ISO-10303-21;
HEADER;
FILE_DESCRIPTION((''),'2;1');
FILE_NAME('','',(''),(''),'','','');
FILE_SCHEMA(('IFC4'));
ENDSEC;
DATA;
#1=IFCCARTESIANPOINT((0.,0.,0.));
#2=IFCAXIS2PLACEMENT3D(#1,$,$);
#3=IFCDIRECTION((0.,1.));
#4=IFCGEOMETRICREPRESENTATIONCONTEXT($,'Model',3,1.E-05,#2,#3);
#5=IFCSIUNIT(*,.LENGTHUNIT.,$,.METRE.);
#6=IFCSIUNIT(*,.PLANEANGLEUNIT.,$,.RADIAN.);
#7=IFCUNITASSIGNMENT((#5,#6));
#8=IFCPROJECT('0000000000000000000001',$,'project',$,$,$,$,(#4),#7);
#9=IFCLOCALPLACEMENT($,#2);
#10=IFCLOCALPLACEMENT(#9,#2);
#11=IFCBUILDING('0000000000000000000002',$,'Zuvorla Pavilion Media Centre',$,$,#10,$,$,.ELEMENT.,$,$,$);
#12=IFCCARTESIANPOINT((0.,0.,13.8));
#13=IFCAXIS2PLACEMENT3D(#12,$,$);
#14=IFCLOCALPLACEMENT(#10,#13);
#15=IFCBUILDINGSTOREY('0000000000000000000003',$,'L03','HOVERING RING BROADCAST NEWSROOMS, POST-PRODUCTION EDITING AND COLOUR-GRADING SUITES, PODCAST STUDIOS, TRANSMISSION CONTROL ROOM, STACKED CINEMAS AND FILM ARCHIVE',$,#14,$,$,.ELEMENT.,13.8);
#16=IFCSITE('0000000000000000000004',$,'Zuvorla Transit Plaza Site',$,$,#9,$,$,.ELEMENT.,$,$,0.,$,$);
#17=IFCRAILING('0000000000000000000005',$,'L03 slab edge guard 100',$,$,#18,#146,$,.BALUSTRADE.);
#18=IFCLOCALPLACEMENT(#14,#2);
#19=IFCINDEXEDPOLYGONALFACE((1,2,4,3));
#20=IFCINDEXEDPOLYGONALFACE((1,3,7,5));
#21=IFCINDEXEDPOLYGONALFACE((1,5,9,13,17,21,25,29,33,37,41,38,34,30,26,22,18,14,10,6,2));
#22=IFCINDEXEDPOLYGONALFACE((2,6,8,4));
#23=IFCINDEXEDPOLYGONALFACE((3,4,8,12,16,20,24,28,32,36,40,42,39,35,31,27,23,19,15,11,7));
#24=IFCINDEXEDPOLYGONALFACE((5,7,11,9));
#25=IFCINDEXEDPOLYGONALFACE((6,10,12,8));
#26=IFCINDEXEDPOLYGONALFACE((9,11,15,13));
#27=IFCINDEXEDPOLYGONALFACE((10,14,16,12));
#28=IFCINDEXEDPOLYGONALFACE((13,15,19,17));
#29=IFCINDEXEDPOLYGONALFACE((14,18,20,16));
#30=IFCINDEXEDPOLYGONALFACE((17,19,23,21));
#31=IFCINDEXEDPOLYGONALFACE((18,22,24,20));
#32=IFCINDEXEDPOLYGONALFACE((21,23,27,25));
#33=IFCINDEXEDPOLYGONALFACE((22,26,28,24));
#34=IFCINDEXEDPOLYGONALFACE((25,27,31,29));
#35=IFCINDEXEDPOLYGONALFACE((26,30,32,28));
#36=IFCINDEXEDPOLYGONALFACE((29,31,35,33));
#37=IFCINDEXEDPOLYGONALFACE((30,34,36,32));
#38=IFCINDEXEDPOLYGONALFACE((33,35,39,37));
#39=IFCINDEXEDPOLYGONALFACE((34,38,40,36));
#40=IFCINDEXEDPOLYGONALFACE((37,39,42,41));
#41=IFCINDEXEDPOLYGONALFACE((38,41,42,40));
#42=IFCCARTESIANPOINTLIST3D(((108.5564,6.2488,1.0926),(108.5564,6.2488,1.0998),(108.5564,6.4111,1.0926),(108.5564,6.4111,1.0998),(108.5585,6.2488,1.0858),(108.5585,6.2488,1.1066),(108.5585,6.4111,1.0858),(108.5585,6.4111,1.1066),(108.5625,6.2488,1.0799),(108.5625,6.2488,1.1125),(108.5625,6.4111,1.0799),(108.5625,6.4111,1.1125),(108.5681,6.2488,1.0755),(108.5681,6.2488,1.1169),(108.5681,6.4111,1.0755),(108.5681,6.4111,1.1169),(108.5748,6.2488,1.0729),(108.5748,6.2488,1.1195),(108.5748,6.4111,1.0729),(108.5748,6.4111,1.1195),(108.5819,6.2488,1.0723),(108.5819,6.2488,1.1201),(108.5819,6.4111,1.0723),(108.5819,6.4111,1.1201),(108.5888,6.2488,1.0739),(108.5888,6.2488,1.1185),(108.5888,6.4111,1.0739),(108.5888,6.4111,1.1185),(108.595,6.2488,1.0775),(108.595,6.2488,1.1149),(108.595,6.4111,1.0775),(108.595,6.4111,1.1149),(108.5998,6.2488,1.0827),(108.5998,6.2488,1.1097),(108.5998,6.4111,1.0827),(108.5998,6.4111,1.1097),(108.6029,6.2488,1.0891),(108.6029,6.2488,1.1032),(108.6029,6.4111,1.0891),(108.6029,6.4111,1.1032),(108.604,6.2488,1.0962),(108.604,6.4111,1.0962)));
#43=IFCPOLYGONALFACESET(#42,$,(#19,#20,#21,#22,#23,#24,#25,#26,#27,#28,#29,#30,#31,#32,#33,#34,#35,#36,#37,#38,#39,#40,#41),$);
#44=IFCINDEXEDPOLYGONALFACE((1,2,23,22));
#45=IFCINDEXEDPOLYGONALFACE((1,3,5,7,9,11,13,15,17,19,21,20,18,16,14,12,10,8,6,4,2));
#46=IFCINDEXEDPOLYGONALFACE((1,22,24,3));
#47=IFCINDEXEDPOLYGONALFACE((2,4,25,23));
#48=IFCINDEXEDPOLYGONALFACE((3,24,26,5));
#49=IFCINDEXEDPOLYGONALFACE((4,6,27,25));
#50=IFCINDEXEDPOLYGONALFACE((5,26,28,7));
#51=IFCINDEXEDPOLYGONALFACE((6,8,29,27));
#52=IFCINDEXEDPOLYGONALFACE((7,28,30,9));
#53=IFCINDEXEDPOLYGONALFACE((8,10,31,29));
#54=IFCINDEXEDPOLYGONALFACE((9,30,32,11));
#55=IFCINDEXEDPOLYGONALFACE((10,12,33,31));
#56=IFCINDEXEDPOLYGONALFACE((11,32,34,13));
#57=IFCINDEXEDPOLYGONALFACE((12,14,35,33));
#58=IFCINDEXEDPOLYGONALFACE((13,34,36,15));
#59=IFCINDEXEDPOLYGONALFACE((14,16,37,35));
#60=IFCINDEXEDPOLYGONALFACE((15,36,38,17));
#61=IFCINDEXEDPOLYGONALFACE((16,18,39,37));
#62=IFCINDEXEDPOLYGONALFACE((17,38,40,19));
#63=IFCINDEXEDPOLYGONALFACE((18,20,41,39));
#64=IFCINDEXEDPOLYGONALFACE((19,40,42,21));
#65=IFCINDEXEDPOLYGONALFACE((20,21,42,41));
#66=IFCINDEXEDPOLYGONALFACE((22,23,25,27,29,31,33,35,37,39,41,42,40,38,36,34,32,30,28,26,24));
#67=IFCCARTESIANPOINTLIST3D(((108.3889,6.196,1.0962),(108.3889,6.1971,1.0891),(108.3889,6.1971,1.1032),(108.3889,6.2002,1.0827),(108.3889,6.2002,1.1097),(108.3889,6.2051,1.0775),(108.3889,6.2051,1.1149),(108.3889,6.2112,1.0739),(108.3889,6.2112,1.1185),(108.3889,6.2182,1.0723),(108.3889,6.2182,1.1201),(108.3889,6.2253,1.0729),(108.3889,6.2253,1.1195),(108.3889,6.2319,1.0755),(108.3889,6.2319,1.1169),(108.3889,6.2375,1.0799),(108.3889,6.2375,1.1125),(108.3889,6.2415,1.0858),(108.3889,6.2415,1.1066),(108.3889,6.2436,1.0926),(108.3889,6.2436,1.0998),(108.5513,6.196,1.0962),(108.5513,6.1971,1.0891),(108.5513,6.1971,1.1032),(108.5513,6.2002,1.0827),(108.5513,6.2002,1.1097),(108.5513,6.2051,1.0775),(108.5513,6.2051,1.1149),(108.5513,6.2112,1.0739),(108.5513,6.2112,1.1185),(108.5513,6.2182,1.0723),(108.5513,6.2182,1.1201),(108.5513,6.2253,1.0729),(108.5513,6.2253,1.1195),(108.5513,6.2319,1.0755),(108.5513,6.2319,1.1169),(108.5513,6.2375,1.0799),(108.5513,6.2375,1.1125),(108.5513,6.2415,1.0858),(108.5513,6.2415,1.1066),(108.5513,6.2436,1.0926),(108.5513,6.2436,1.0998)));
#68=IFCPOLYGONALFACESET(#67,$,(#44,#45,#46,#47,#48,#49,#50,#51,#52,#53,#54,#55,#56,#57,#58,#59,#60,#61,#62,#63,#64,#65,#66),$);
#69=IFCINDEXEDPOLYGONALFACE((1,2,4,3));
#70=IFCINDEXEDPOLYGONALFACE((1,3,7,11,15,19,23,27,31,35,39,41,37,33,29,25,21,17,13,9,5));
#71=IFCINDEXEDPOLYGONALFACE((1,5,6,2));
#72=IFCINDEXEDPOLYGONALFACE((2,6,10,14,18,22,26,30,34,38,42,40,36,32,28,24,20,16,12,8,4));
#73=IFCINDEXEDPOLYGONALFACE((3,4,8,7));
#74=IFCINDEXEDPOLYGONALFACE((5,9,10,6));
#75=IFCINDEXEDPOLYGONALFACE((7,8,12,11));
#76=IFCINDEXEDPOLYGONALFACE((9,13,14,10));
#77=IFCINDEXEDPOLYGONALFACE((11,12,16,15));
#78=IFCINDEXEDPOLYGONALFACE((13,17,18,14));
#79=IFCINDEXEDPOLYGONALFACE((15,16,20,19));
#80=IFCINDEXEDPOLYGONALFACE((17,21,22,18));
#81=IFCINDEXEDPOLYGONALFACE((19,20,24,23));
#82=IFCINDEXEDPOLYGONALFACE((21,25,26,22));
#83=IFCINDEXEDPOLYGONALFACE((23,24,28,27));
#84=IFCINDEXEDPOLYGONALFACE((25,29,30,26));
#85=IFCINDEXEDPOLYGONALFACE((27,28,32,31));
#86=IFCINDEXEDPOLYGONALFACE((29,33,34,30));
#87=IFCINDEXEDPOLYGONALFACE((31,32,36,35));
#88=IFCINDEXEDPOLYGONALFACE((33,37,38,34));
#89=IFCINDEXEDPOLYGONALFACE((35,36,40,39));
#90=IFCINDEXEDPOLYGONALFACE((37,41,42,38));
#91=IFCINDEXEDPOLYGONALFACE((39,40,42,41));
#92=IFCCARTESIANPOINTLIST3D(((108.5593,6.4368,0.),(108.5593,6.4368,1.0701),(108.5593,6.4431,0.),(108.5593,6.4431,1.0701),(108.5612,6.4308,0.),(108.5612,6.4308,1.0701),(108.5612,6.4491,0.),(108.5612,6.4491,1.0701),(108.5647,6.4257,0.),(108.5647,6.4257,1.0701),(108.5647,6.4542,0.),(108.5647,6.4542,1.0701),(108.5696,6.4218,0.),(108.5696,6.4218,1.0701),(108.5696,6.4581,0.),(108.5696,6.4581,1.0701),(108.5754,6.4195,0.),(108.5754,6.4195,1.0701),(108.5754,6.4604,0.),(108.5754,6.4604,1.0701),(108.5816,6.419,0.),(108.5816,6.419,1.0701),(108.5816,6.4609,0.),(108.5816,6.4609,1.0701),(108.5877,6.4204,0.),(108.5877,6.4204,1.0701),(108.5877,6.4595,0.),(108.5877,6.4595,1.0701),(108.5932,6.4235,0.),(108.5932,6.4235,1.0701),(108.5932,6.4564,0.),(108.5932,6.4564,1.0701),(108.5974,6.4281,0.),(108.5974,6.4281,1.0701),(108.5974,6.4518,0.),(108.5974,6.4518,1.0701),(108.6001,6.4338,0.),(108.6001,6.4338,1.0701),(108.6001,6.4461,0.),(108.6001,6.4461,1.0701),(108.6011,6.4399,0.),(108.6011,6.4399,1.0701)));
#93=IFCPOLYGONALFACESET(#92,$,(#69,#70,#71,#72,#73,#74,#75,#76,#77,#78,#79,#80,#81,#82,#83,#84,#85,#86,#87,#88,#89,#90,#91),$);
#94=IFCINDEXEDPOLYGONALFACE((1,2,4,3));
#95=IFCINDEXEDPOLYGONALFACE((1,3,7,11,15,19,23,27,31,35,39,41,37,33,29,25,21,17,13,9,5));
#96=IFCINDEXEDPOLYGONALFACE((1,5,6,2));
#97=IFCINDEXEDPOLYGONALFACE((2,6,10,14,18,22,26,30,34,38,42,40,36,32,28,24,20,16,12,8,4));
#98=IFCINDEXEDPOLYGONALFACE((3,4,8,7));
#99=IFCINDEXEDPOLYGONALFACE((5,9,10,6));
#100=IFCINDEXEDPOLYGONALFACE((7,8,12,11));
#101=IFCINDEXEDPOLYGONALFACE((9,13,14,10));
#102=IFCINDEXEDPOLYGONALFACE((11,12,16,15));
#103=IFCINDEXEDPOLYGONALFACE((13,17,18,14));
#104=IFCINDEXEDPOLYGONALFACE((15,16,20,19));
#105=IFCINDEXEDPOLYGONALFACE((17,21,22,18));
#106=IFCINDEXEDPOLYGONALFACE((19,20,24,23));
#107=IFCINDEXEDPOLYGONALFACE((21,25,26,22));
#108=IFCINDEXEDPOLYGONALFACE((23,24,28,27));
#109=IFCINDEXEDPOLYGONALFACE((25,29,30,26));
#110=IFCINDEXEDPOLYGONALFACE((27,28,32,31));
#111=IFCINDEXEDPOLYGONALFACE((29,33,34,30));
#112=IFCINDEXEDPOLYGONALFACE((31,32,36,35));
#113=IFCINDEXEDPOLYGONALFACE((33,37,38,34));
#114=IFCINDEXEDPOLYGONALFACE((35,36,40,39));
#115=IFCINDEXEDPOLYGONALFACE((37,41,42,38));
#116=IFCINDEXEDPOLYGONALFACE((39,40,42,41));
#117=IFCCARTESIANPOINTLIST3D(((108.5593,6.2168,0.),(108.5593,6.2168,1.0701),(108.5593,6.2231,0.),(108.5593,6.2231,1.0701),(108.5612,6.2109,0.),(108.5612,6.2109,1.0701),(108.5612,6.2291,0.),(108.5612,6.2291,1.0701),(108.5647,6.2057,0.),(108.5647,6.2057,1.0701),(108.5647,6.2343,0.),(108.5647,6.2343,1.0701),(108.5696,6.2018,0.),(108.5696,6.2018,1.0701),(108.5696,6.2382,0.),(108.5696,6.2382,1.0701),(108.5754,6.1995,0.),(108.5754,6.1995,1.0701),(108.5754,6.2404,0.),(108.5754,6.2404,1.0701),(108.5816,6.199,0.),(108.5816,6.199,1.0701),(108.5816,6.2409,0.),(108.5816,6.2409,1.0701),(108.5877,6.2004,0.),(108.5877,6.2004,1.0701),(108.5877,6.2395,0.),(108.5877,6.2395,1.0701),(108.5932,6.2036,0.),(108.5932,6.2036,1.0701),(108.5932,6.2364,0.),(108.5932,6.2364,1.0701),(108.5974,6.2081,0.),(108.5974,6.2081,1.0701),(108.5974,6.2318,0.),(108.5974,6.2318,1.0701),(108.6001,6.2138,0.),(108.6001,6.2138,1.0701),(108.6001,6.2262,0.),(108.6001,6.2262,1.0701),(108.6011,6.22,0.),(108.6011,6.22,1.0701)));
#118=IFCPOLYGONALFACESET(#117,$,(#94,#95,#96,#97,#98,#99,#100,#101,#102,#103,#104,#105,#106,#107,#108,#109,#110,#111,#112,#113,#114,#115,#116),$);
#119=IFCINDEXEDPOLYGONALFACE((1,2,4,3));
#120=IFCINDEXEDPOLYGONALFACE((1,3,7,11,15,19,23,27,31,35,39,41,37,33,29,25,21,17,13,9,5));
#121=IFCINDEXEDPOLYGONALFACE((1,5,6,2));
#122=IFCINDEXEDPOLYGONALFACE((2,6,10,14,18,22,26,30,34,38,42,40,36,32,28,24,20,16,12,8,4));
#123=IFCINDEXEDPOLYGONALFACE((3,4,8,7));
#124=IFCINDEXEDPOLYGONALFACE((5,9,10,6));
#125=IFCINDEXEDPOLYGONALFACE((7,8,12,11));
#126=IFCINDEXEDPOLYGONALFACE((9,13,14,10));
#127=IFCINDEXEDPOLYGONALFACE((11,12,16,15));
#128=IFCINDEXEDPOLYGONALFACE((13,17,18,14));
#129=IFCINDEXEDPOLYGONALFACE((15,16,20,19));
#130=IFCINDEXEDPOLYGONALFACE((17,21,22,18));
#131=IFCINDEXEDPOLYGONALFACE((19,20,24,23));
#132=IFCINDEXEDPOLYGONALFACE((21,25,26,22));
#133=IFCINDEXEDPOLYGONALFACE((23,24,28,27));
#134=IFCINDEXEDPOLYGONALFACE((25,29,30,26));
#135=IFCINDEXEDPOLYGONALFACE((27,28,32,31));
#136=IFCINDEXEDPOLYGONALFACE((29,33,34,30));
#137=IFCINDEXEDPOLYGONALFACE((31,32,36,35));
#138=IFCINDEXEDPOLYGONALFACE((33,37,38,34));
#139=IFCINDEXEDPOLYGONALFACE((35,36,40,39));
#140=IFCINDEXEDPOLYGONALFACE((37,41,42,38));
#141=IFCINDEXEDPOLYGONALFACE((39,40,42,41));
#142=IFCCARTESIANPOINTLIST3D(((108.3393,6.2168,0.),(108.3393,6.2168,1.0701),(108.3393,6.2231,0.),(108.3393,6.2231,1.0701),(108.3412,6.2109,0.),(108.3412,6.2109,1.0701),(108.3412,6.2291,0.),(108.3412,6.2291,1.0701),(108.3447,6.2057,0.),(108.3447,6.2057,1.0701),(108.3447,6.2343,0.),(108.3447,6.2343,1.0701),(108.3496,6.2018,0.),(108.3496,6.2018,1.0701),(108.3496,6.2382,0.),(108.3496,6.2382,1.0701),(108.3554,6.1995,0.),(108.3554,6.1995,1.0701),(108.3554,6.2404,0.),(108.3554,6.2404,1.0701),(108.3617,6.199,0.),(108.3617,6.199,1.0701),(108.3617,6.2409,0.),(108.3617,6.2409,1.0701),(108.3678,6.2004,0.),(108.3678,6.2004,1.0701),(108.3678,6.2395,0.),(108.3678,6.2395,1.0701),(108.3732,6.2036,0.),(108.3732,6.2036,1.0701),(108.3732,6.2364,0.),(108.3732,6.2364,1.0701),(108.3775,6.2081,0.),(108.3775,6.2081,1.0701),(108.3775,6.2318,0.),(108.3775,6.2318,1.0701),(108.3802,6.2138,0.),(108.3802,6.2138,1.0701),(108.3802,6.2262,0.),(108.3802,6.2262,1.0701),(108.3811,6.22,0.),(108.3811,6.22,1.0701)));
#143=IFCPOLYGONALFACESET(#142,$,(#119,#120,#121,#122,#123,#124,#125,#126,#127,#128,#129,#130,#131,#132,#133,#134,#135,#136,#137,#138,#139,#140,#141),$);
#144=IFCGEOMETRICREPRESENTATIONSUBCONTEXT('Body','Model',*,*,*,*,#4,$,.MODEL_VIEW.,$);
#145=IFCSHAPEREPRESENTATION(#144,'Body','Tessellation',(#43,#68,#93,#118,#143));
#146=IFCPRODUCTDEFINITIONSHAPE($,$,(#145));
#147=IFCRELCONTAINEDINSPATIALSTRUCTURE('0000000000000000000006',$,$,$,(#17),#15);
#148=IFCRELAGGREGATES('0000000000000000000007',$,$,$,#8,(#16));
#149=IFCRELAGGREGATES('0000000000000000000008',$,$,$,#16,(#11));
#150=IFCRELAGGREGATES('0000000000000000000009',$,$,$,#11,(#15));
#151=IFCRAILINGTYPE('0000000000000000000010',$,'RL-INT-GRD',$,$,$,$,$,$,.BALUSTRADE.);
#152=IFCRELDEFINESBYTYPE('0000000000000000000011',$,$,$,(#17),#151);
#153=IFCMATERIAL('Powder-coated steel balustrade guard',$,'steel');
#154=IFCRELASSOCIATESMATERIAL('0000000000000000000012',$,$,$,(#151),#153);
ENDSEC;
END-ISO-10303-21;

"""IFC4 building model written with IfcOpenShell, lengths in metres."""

from ifc_helpers import new_model, si_unit, direction, frame, origin, origin_2d, place, context, subcontext, project, spatial, circle, extrude, material, type_object, element, save


model = new_model("IFC4")

# Units and contexts
model_context = context("Model", 3, precision=1e-05, world=origin(), true_north=direction((0.0, 1.0)))
body_context = subcontext(model_context, "Body", "Model", "MODEL_VIEW")
ifc_project = project(units=[si_unit("LENGTHUNIT", "METRE"), si_unit("PLANEANGLEUNIT", "RADIAN")], contexts=[model_context])

# Site, building, storey
site_placement = place(None, origin())
site = spatial("IfcSite", under=ifc_project, at=site_placement, Name="Zuvorla Transit Plaza Site", CompositionType="ELEMENT", RefElevation=0.0)
building_placement = place(site_placement, origin())
building = spatial("IfcBuilding", under=site, at=building_placement, Name="Zuvorla Pavilion Media Centre", CompositionType="ELEMENT")
storey_placement = place(building_placement, frame((0.0, 0.0, 13.8)))
storey = spatial("IfcBuildingStorey", under=building, at=storey_placement, Name="L03", Description="HOVERING RING BROADCAST NEWSROOMS, POST-PRODUCTION EDITING AND COLOUR-GRADING SUITES, PODCAST STUDIOS, TRANSMISSION CONTROL ROOM, STACKED CINEMAS AND FILM ARCHIVE", CompositionType="ELEMENT", Elevation=13.8)

# Railing
ifc_material_1 = material(Name="Powder-coated steel balustrade guard", Category="steel")
railing_type = type_object("IfcRailingType", Name="RL-INT-GRD", PredefinedType="BALUSTRADE", material=ifc_material_1)
railing_1_placement = place(storey_placement, frame((108.5801, 6.4399, 0.0)))
element("IfcRailing", 1, at=railing_1_placement, inside=storey, type_object=railing_type, Name="L03 slab edge guard 100", PredefinedType="BALUSTRADE", context=body_context, shape_type="SweptSolid", body=[
    extrude(circle(Radius=0.0239, at=origin_2d()), frame((0.0, -0.0288, 1.0962), z_axis=(0.0, -1.0, 0.0), x_axis=(1.0, 0.0, 0.0)), (0.0, 0.0, 1.0), 0.1624),
    extrude(circle(Radius=0.0239, at=origin_2d()), frame((-0.0288, -0.22, 1.0962), z_axis=(-1.0, 0.0, 0.0), x_axis=(0.0, -1.0, 0.0)), (0.0, 0.0, 1.0), 0.1624),
    extrude(circle(Radius=0.021, at=origin_2d()), origin(), (0.0, 0.0, 1.0), 1.0701),
    extrude(circle(Radius=0.021, at=origin_2d()), frame((0.0, -0.22, 0.0)), (0.0, 0.0, 1.0), 1.0701),
    extrude(circle(Radius=0.021, at=origin_2d()), frame((-0.22, -0.22, 0.0)), (0.0, 0.0, 1.0), 1.0701),
])

save(model, "model.ifc")
